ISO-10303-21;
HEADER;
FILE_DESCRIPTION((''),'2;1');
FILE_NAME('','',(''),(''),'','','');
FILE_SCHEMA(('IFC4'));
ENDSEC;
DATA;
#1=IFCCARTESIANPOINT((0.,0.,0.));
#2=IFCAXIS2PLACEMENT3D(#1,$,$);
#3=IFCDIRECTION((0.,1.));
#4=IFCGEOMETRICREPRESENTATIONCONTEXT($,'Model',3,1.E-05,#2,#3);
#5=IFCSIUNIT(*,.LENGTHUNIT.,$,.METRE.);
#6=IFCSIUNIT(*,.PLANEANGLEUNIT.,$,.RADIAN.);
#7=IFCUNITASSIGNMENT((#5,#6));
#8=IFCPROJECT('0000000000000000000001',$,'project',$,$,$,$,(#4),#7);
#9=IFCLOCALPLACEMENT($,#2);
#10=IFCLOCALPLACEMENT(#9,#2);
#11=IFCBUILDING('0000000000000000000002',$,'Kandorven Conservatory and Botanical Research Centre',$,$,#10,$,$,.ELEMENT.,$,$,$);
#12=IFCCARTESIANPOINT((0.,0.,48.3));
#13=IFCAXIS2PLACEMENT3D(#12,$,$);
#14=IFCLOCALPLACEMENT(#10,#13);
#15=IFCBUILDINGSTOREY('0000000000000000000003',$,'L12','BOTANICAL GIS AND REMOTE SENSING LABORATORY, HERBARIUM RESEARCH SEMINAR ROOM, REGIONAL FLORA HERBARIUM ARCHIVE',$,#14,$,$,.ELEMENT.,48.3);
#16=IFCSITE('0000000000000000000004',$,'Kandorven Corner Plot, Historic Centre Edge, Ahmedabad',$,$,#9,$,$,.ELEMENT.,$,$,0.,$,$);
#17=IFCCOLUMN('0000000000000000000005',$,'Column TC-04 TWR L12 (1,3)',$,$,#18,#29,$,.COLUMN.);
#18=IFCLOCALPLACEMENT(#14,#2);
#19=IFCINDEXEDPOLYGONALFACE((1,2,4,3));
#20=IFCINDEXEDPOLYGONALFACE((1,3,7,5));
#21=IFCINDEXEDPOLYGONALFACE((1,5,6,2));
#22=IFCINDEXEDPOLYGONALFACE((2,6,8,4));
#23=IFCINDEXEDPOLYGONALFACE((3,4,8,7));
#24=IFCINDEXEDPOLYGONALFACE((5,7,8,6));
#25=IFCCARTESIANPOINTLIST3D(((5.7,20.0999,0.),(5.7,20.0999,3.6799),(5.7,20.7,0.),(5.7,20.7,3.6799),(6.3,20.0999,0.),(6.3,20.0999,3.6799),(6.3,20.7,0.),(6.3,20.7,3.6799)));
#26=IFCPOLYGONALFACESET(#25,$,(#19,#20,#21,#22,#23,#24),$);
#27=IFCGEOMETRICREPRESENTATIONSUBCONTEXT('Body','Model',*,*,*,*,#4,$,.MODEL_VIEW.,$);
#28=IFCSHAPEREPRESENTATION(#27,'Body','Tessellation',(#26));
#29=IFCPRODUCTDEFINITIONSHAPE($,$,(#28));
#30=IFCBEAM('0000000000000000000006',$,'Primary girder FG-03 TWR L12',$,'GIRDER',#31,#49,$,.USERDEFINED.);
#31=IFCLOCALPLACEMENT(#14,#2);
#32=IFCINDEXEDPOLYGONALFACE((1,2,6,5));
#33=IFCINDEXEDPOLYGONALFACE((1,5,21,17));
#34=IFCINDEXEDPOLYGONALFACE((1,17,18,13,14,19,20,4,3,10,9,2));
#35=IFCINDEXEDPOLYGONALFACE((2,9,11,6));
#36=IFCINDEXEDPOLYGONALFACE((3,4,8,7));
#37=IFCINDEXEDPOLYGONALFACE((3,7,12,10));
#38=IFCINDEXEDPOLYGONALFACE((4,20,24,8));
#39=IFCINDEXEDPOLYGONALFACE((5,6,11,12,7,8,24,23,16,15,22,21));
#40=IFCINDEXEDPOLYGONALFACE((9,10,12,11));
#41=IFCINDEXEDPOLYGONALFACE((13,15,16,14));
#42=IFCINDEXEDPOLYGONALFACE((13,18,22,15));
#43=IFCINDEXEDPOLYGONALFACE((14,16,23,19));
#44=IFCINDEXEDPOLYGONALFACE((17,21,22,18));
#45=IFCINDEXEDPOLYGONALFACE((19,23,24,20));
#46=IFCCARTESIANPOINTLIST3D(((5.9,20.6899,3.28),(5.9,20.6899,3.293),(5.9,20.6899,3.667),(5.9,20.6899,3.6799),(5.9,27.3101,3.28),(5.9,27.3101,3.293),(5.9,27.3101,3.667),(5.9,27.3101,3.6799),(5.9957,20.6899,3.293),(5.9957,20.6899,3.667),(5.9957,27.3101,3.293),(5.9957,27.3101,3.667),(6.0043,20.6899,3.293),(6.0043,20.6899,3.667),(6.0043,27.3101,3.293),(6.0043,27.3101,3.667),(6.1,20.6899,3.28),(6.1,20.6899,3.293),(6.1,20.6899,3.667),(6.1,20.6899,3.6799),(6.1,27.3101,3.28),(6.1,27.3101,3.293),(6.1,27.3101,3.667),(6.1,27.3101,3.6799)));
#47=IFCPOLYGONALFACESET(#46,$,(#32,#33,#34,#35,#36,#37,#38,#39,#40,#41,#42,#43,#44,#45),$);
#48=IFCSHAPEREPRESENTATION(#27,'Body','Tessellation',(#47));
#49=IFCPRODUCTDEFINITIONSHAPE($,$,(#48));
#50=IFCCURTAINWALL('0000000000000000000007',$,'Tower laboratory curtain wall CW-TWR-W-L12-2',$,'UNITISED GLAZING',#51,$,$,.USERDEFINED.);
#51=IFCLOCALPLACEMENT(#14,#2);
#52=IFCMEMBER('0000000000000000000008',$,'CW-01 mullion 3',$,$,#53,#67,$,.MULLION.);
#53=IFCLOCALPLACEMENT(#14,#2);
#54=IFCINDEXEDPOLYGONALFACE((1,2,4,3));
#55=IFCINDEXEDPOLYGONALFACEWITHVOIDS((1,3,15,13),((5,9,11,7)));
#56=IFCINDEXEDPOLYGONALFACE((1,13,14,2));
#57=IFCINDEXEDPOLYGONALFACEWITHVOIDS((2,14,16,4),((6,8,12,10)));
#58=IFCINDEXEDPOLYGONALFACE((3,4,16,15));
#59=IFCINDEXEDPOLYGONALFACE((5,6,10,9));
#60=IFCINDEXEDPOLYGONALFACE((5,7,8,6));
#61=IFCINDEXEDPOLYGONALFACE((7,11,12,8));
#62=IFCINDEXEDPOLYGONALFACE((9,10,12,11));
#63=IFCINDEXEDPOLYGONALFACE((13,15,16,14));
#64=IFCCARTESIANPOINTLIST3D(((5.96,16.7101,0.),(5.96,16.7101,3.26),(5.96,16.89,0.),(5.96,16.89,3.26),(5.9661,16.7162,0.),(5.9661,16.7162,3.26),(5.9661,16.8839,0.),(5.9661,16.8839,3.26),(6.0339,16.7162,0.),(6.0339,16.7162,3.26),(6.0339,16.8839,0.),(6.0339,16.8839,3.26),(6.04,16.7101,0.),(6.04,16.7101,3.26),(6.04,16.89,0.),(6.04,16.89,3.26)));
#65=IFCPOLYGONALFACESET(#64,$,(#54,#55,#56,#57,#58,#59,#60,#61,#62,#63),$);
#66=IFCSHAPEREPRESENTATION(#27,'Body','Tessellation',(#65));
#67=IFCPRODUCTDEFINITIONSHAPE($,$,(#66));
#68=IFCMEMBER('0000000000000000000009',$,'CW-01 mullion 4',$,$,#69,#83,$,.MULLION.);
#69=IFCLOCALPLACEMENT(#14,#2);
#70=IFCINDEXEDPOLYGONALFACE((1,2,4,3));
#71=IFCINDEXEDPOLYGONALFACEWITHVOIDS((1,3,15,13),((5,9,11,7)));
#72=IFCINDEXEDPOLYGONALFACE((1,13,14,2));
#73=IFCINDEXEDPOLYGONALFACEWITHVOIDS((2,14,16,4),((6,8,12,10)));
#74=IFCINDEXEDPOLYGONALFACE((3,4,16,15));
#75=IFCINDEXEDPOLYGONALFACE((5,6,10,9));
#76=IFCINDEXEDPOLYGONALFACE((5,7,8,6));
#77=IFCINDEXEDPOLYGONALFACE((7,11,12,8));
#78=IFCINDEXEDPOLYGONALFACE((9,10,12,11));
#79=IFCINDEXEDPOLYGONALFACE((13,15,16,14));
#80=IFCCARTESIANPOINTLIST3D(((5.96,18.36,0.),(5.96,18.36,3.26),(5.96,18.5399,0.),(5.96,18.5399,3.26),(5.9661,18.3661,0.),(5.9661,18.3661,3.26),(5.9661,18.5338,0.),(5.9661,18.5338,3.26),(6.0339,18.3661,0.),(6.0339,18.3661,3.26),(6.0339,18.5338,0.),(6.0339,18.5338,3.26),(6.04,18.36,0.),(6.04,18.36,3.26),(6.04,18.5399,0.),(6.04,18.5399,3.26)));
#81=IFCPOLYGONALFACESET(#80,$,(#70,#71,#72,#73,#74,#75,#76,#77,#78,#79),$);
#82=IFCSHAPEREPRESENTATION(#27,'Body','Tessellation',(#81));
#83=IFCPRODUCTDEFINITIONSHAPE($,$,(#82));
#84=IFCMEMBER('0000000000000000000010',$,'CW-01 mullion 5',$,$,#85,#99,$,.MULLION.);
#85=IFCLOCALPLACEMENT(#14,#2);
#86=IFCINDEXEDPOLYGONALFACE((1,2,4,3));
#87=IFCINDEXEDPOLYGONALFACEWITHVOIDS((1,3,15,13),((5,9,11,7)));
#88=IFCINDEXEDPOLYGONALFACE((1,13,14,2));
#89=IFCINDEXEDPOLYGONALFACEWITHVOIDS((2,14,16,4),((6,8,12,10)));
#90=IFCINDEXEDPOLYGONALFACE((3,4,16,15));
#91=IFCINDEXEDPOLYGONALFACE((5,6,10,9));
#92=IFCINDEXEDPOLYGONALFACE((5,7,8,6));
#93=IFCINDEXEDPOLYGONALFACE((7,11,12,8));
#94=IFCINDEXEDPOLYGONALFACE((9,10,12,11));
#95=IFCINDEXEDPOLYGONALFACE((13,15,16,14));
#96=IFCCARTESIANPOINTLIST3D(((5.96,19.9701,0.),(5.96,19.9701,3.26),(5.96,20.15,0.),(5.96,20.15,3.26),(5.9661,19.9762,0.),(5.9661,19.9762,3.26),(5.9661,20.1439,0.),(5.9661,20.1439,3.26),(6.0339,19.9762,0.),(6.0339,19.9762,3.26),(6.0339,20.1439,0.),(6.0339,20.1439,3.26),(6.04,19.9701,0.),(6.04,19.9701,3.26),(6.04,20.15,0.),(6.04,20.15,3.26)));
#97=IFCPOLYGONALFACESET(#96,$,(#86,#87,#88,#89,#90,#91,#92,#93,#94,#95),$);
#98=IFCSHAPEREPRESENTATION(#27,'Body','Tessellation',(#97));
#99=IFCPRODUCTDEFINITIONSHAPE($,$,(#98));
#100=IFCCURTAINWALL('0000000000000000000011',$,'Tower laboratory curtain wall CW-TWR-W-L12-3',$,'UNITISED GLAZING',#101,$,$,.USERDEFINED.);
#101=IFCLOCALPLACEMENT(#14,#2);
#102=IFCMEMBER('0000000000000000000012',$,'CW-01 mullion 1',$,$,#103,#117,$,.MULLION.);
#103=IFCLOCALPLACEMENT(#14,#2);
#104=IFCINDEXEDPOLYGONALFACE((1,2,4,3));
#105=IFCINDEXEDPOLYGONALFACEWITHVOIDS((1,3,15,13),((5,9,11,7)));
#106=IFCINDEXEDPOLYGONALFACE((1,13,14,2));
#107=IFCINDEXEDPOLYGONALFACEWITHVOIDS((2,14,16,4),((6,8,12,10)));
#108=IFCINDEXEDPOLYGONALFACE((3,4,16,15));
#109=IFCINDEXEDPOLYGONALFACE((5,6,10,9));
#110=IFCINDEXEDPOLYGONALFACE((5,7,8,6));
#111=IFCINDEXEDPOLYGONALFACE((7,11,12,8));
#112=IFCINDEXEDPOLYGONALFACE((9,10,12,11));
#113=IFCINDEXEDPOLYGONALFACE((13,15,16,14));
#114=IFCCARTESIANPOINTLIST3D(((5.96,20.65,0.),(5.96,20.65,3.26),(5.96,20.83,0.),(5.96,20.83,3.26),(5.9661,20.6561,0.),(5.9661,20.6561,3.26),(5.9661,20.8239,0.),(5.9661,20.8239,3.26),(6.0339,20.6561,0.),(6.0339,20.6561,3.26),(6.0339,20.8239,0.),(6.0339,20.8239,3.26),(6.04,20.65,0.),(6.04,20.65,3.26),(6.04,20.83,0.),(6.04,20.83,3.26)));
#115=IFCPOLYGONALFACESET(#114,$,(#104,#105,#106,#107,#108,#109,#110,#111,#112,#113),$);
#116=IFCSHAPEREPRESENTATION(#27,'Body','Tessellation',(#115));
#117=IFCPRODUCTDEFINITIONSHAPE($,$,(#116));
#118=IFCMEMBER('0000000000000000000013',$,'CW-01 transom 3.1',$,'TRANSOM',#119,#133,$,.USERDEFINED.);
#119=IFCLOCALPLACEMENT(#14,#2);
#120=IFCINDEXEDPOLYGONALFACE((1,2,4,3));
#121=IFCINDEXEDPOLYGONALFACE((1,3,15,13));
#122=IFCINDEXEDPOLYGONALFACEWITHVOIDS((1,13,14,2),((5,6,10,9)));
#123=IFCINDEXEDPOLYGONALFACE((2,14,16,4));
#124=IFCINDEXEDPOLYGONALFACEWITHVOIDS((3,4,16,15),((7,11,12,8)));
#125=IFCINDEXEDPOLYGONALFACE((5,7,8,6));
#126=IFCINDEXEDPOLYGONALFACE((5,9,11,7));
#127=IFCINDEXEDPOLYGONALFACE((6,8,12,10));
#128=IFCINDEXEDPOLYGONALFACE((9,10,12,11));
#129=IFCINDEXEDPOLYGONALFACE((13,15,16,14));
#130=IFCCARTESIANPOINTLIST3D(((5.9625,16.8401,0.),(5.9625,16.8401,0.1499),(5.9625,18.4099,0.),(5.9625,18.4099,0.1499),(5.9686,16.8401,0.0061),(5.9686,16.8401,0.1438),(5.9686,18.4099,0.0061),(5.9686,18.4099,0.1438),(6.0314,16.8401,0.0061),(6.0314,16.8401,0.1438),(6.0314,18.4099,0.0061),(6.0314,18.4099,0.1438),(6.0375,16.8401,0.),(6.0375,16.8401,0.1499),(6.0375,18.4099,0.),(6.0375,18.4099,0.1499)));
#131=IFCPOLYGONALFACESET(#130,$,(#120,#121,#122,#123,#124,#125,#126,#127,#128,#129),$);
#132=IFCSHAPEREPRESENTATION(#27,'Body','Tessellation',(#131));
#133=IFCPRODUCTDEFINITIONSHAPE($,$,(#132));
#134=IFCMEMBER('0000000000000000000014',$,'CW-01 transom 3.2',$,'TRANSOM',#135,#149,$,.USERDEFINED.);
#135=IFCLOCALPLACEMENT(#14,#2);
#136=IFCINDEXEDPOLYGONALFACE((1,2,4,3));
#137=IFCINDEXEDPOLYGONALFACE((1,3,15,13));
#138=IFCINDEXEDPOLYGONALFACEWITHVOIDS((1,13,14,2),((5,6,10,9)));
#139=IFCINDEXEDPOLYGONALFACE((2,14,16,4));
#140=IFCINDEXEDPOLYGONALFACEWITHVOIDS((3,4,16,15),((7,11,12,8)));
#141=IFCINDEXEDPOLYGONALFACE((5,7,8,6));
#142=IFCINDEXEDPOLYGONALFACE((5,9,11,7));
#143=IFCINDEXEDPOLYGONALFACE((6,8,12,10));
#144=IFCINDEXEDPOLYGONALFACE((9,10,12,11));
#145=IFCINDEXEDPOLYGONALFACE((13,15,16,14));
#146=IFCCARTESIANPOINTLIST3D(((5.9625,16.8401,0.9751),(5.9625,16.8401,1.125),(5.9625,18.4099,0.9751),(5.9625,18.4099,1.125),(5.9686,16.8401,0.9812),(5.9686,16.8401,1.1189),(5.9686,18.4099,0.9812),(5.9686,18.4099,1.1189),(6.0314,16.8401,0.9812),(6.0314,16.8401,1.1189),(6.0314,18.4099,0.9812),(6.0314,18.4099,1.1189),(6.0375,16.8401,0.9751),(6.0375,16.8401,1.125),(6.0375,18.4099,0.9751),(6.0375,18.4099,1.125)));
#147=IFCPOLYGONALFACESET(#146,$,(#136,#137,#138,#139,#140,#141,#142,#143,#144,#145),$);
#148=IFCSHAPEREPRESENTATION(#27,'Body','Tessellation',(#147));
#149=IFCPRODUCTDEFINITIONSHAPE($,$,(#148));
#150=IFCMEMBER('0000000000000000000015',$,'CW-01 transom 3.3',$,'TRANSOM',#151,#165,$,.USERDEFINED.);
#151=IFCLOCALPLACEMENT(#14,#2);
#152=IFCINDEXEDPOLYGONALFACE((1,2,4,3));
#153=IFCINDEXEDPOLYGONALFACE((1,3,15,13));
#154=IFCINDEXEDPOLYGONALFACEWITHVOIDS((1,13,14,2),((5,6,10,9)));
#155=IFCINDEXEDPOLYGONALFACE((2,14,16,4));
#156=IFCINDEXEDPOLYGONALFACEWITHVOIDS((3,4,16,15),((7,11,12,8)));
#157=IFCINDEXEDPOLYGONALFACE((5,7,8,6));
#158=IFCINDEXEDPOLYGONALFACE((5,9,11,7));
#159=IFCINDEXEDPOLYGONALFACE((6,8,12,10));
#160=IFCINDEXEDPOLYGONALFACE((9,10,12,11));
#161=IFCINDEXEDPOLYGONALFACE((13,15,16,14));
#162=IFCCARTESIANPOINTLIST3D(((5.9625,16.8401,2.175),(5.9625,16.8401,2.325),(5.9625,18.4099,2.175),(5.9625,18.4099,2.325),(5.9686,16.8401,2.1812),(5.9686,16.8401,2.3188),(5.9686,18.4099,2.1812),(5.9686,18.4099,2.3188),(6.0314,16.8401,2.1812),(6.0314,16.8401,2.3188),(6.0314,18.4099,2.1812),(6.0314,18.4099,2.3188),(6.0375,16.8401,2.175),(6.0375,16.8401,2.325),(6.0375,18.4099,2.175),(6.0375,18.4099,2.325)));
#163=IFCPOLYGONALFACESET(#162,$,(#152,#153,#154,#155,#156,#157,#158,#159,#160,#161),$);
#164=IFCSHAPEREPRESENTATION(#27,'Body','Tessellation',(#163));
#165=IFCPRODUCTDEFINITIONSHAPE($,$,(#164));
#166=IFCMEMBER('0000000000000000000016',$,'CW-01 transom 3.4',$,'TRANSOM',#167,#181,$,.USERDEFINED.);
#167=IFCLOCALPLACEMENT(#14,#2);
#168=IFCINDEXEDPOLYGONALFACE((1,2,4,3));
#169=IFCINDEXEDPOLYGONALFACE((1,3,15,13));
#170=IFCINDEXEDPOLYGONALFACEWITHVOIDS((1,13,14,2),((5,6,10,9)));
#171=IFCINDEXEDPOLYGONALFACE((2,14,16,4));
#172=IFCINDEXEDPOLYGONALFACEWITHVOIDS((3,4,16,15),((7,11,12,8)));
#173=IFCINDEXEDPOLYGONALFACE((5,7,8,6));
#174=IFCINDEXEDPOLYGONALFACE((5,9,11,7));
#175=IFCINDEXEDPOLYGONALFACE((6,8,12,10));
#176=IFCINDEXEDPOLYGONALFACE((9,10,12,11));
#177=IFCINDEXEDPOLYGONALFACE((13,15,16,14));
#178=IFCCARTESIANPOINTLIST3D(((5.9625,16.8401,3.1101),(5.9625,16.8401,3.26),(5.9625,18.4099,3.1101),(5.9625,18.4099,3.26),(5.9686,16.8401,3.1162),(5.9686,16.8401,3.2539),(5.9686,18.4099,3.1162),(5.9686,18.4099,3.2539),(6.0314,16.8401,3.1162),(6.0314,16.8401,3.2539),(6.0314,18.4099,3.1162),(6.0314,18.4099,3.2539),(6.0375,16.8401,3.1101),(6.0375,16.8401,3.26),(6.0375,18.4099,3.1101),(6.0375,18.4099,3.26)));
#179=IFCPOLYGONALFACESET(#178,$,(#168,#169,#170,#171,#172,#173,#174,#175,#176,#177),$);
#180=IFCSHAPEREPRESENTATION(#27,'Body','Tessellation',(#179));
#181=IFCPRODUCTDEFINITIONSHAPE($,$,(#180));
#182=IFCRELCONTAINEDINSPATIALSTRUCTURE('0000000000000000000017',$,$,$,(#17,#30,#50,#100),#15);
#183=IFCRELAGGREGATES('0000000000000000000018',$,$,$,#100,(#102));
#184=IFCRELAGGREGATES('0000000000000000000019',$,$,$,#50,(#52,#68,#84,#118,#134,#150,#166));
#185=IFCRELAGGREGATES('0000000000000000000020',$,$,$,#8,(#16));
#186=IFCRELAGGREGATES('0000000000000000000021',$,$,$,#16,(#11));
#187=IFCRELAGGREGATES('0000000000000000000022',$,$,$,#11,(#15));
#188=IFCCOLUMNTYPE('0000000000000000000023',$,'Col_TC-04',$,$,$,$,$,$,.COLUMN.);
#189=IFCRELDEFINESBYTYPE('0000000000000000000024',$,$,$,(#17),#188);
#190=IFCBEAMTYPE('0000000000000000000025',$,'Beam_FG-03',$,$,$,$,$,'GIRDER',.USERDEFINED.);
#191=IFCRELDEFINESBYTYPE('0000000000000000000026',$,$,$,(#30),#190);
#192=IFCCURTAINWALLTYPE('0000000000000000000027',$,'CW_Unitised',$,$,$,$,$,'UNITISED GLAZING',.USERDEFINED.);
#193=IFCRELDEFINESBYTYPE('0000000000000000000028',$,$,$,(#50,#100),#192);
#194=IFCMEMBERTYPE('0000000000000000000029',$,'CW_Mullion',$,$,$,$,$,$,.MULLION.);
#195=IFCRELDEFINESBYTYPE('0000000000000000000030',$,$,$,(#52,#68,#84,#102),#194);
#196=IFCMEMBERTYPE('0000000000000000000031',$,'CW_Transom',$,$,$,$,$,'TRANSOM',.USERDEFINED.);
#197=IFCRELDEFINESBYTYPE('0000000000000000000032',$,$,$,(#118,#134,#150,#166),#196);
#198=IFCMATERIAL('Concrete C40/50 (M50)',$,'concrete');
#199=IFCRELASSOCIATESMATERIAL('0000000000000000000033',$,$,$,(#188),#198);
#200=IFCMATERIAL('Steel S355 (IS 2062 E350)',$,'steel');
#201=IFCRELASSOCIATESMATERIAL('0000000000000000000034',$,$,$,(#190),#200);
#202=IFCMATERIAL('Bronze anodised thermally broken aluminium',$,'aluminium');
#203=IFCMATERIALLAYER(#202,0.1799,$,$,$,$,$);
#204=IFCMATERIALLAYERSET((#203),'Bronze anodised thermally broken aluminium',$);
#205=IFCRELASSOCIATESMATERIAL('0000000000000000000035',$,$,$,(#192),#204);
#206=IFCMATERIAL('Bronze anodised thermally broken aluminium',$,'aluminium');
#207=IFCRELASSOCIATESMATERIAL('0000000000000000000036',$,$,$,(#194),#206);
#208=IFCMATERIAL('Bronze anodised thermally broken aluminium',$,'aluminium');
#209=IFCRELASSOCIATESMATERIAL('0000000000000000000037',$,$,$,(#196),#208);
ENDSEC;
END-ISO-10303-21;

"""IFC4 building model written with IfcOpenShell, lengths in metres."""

from ifc_helpers import new_model, si_unit, direction, frame, origin, origin_2d, place, context, subcontext, project, spatial, rectangle, hollow_rectangle, i_section, extrude, material, layer, layer_set, material_profile, profile_set, type_object, element, aggregate, save


model = new_model("IFC4")

# Units and contexts
model_context = context("Model", 3, precision=1e-05, world=origin(), true_north=direction((0.0, 1.0)))
body_context = subcontext(model_context, "Body", "Model", "MODEL_VIEW")
ifc_project = project(units=[si_unit("LENGTHUNIT", "METRE"), si_unit("PLANEANGLEUNIT", "RADIAN")], contexts=[model_context])

# Site, building, storey
site_placement = place(None, origin())
site = spatial("IfcSite", under=ifc_project, at=site_placement, Name="Kandorven Corner Plot, Historic Centre Edge, Ahmedabad", CompositionType="ELEMENT", RefElevation=0.0)
building_placement = place(site_placement, origin())
building = spatial("IfcBuilding", under=site, at=building_placement, Name="Kandorven Conservatory and Botanical Research Centre", CompositionType="ELEMENT")
storey_placement = place(building_placement, frame((0.0, 0.0, 48.3)))
storey = spatial("IfcBuildingStorey", under=building, at=storey_placement, Name="L12", Description="BOTANICAL GIS AND REMOTE SENSING LABORATORY, HERBARIUM RESEARCH SEMINAR ROOM, REGIONAL FLORA HERBARIUM ARCHIVE", CompositionType="ELEMENT", Elevation=48.3)

# Column
ifc_material_1 = material(Name="Concrete C40/50 (M50)", Category="concrete")
ifc_material_profile_1 = material_profile(ifc_material_1, rectangle(XDim=0.6001, YDim=0.6001, at=origin_2d()))
ifc_profile_set_1 = profile_set([ifc_material_profile_1], Name="Concrete C40/50 (M50)")
column_type = type_object("IfcColumnType", Name="Col_TC-04", PredefinedType="COLUMN", material=ifc_profile_set_1)
column_placement = place(storey_placement, frame((6.0, 20.3999, 0.0), z_axis=(0.0, 0.0, 1.0), x_axis=(1.0, 0.0, 0.0)))
element("IfcColumn", 1, at=column_placement, inside=storey, type_object=column_type, Name="Column TC-04 TWR L12 (1,3)", PredefinedType="COLUMN", context=body_context, shape_type="SweptSolid", body=[
    extrude(rectangle(XDim=0.6001, YDim=0.6001, at=origin_2d()), origin(), (0.0, 0.0, 1.0), 3.6799),
])

# Beam
ifc_material_2 = material(Name="Steel S355 (IS 2062 E350)", Category="steel")
ifc_material_profile_2 = material_profile(ifc_material_2, i_section(OverallWidth=0.2, OverallDepth=0.3999, WebThickness=0.0085, FlangeThickness=0.0129, at=origin_2d()))
ifc_profile_set_2 = profile_set([ifc_material_profile_2], Name="Steel S355 (IS 2062 E350)")
beam_type = type_object("IfcBeamType", Name="Beam_FG-03", ElementType="GIRDER", PredefinedType="USERDEFINED", material=ifc_profile_set_2)
beam_placement = place(storey_placement, frame((6.0, 20.6899, 3.48), z_axis=(0.0, 1.0, 0.0), x_axis=(-1.0, 0.0, 0.0)))
element("IfcBeam", 2, at=beam_placement, inside=storey, type_object=beam_type, Name="Primary girder FG-03 TWR L12", ObjectType="GIRDER", PredefinedType="USERDEFINED", context=body_context, shape_type="SweptSolid", body=[
    extrude(i_section(OverallWidth=0.2, OverallDepth=0.3999, WebThickness=0.0085, FlangeThickness=0.0129, at=origin_2d()), origin(), (0.0, 0.0, 1.0), 6.6201),
])

# Curtain wall, members
ifc_material_3 = material(Name="Bronze anodised thermally broken aluminium", Category="aluminium")
ifc_layer_1 = layer(ifc_material_3, 0.1799)
ifc_layer_set_1 = layer_set([ifc_layer_1], Name="Bronze anodised thermally broken aluminium")
curtain_wall_type = type_object("IfcCurtainWallType", Name="CW_Unitised", ElementType="UNITISED GLAZING", PredefinedType="USERDEFINED", material=ifc_layer_set_1)
curtain_wall_1_placement = place(storey_placement, origin())
curtain_wall_1 = element("IfcCurtainWall", 3, at=curtain_wall_1_placement, inside=storey, type_object=curtain_wall_type, Name="Tower laboratory curtain wall CW-TWR-W-L12-2", ObjectType="UNITISED GLAZING", PredefinedType="USERDEFINED")
ifc_material_4 = material(Name="Bronze anodised thermally broken aluminium", Category="aluminium")
ifc_material_profile_3 = material_profile(ifc_material_4, hollow_rectangle(XDim=0.0801, YDim=0.1799, WallThickness=0.0061, at=origin_2d()))
ifc_profile_set_3 = profile_set([ifc_material_profile_3], Name="Bronze anodised thermally broken aluminium")
member_type_1 = type_object("IfcMemberType", Name="CW_Mullion", PredefinedType="MULLION", material=ifc_profile_set_3)
member_1_placement = place(storey_placement, frame((6.0, 16.8, 0.0), z_axis=(0.0, 0.0, 1.0), x_axis=(-1.0, 0.0, 0.0)))
member_1 = element("IfcMember", 4, at=member_1_placement, type_object=member_type_1, Name="CW-01 mullion 3", PredefinedType="MULLION", context=body_context, shape_type="SweptSolid", body=[
    extrude(hollow_rectangle(XDim=0.0801, YDim=0.1799, WallThickness=0.0061, at=origin_2d()), origin(), (0.0, 0.0, 1.0), 3.26),
])
member_2_placement = place(storey_placement, frame((6.0, 18.45, 0.0), z_axis=(0.0, 0.0, 1.0), x_axis=(-1.0, 0.0, 0.0)))
member_2 = element("IfcMember", 5, at=member_2_placement, type_object=member_type_1, Name="CW-01 mullion 4", PredefinedType="MULLION", context=body_context, shape_type="SweptSolid", body=[
    extrude(hollow_rectangle(XDim=0.0801, YDim=0.1799, WallThickness=0.0061, at=origin_2d()), origin(), (0.0, 0.0, 1.0), 3.26),
])
member_3_placement = place(storey_placement, frame((6.0, 20.0601, 0.0), z_axis=(0.0, 0.0, 1.0), x_axis=(-1.0, 0.0, 0.0)))
member_3 = element("IfcMember", 6, at=member_3_placement, type_object=member_type_1, Name="CW-01 mullion 5", PredefinedType="MULLION", context=body_context, shape_type="SweptSolid", body=[
    extrude(hollow_rectangle(XDim=0.0801, YDim=0.1799, WallThickness=0.0061, at=origin_2d()), origin(), (0.0, 0.0, 1.0), 3.26),
])

# Curtain wall, member
curtain_wall_2_placement = place(storey_placement, origin())
curtain_wall_2 = element("IfcCurtainWall", 7, at=curtain_wall_2_placement, inside=storey, type_object=curtain_wall_type, Name="Tower laboratory curtain wall CW-TWR-W-L12-3", ObjectType="UNITISED GLAZING", PredefinedType="USERDEFINED")
member_4_placement = place(storey_placement, frame((6.0, 20.74, 0.0), z_axis=(0.0, 0.0, 1.0), x_axis=(-1.0, 0.0, 0.0)))
member_4 = element("IfcMember", 8, at=member_4_placement, type_object=member_type_1, Name="CW-01 mullion 1", PredefinedType="MULLION", context=body_context, shape_type="SweptSolid", body=[
    extrude(hollow_rectangle(XDim=0.0801, YDim=0.1799, WallThickness=0.0061, at=origin_2d()), origin(), (0.0, 0.0, 1.0), 3.26),
])

# Members
ifc_material_5 = material(Name="Bronze anodised thermally broken aluminium", Category="aluminium")
ifc_material_profile_4 = material_profile(ifc_material_5, hollow_rectangle(XDim=0.075, YDim=0.1499, WallThickness=0.0061, at=origin_2d()))
ifc_profile_set_4 = profile_set([ifc_material_profile_4], Name="Bronze anodised thermally broken aluminium")
member_type_2 = type_object("IfcMemberType", Name="CW_Transom", ElementType="TRANSOM", PredefinedType="USERDEFINED", material=ifc_profile_set_4)
member_5_placement = place(storey_placement, frame((6.0, 16.8401, 0.075), z_axis=(0.0, 1.0, 0.0), x_axis=(-1.0, 0.0, 0.0)))
member_5 = element("IfcMember", 9, at=member_5_placement, type_object=member_type_2, Name="CW-01 transom 3.1", ObjectType="TRANSOM", PredefinedType="USERDEFINED", context=body_context, shape_type="SweptSolid", body=[
    extrude(hollow_rectangle(XDim=0.075, YDim=0.1499, WallThickness=0.0061, at=origin_2d()), origin(), (0.0, 0.0, 1.0), 1.5698),
])
member_6_placement = place(storey_placement, frame((6.0, 16.8401, 1.05), z_axis=(0.0, 1.0, 0.0), x_axis=(-1.0, 0.0, 0.0)))
member_6 = element("IfcMember", 10, at=member_6_placement, type_object=member_type_2, Name="CW-01 transom 3.2", ObjectType="TRANSOM", PredefinedType="USERDEFINED", context=body_context, shape_type="SweptSolid", body=[
    extrude(hollow_rectangle(XDim=0.075, YDim=0.1499, WallThickness=0.0061, at=origin_2d()), origin(), (0.0, 0.0, 1.0), 1.5698),
])
member_7_placement = place(storey_placement, frame((6.0, 16.8401, 2.25), z_axis=(0.0, 1.0, 0.0), x_axis=(-1.0, 0.0, 0.0)))
member_7 = element("IfcMember", 11, at=member_7_placement, type_object=member_type_2, Name="CW-01 transom 3.3", ObjectType="TRANSOM", PredefinedType="USERDEFINED", context=body_context, shape_type="SweptSolid", body=[
    extrude(hollow_rectangle(XDim=0.075, YDim=0.1499, WallThickness=0.0061, at=origin_2d()), origin(), (0.0, 0.0, 1.0), 1.5698),
])
member_8_placement = place(storey_placement, frame((6.0, 16.8401, 3.1851), z_axis=(0.0, 1.0, 0.0), x_axis=(-1.0, 0.0, 0.0)))
member_8 = element("IfcMember", 12, at=member_8_placement, type_object=member_type_2, Name="CW-01 transom 3.4", ObjectType="TRANSOM", PredefinedType="USERDEFINED", context=body_context, shape_type="SweptSolid", body=[
    extrude(hollow_rectangle(XDim=0.075, YDim=0.1499, WallThickness=0.0061, at=origin_2d()), origin(), (0.0, 0.0, 1.0), 1.5698),
])
aggregate(curtain_wall_2, [member_4])

aggregate(curtain_wall_1, [member_1, member_2, member_3, member_5, member_6, member_7, member_8])

save(model, "model.ifc")
